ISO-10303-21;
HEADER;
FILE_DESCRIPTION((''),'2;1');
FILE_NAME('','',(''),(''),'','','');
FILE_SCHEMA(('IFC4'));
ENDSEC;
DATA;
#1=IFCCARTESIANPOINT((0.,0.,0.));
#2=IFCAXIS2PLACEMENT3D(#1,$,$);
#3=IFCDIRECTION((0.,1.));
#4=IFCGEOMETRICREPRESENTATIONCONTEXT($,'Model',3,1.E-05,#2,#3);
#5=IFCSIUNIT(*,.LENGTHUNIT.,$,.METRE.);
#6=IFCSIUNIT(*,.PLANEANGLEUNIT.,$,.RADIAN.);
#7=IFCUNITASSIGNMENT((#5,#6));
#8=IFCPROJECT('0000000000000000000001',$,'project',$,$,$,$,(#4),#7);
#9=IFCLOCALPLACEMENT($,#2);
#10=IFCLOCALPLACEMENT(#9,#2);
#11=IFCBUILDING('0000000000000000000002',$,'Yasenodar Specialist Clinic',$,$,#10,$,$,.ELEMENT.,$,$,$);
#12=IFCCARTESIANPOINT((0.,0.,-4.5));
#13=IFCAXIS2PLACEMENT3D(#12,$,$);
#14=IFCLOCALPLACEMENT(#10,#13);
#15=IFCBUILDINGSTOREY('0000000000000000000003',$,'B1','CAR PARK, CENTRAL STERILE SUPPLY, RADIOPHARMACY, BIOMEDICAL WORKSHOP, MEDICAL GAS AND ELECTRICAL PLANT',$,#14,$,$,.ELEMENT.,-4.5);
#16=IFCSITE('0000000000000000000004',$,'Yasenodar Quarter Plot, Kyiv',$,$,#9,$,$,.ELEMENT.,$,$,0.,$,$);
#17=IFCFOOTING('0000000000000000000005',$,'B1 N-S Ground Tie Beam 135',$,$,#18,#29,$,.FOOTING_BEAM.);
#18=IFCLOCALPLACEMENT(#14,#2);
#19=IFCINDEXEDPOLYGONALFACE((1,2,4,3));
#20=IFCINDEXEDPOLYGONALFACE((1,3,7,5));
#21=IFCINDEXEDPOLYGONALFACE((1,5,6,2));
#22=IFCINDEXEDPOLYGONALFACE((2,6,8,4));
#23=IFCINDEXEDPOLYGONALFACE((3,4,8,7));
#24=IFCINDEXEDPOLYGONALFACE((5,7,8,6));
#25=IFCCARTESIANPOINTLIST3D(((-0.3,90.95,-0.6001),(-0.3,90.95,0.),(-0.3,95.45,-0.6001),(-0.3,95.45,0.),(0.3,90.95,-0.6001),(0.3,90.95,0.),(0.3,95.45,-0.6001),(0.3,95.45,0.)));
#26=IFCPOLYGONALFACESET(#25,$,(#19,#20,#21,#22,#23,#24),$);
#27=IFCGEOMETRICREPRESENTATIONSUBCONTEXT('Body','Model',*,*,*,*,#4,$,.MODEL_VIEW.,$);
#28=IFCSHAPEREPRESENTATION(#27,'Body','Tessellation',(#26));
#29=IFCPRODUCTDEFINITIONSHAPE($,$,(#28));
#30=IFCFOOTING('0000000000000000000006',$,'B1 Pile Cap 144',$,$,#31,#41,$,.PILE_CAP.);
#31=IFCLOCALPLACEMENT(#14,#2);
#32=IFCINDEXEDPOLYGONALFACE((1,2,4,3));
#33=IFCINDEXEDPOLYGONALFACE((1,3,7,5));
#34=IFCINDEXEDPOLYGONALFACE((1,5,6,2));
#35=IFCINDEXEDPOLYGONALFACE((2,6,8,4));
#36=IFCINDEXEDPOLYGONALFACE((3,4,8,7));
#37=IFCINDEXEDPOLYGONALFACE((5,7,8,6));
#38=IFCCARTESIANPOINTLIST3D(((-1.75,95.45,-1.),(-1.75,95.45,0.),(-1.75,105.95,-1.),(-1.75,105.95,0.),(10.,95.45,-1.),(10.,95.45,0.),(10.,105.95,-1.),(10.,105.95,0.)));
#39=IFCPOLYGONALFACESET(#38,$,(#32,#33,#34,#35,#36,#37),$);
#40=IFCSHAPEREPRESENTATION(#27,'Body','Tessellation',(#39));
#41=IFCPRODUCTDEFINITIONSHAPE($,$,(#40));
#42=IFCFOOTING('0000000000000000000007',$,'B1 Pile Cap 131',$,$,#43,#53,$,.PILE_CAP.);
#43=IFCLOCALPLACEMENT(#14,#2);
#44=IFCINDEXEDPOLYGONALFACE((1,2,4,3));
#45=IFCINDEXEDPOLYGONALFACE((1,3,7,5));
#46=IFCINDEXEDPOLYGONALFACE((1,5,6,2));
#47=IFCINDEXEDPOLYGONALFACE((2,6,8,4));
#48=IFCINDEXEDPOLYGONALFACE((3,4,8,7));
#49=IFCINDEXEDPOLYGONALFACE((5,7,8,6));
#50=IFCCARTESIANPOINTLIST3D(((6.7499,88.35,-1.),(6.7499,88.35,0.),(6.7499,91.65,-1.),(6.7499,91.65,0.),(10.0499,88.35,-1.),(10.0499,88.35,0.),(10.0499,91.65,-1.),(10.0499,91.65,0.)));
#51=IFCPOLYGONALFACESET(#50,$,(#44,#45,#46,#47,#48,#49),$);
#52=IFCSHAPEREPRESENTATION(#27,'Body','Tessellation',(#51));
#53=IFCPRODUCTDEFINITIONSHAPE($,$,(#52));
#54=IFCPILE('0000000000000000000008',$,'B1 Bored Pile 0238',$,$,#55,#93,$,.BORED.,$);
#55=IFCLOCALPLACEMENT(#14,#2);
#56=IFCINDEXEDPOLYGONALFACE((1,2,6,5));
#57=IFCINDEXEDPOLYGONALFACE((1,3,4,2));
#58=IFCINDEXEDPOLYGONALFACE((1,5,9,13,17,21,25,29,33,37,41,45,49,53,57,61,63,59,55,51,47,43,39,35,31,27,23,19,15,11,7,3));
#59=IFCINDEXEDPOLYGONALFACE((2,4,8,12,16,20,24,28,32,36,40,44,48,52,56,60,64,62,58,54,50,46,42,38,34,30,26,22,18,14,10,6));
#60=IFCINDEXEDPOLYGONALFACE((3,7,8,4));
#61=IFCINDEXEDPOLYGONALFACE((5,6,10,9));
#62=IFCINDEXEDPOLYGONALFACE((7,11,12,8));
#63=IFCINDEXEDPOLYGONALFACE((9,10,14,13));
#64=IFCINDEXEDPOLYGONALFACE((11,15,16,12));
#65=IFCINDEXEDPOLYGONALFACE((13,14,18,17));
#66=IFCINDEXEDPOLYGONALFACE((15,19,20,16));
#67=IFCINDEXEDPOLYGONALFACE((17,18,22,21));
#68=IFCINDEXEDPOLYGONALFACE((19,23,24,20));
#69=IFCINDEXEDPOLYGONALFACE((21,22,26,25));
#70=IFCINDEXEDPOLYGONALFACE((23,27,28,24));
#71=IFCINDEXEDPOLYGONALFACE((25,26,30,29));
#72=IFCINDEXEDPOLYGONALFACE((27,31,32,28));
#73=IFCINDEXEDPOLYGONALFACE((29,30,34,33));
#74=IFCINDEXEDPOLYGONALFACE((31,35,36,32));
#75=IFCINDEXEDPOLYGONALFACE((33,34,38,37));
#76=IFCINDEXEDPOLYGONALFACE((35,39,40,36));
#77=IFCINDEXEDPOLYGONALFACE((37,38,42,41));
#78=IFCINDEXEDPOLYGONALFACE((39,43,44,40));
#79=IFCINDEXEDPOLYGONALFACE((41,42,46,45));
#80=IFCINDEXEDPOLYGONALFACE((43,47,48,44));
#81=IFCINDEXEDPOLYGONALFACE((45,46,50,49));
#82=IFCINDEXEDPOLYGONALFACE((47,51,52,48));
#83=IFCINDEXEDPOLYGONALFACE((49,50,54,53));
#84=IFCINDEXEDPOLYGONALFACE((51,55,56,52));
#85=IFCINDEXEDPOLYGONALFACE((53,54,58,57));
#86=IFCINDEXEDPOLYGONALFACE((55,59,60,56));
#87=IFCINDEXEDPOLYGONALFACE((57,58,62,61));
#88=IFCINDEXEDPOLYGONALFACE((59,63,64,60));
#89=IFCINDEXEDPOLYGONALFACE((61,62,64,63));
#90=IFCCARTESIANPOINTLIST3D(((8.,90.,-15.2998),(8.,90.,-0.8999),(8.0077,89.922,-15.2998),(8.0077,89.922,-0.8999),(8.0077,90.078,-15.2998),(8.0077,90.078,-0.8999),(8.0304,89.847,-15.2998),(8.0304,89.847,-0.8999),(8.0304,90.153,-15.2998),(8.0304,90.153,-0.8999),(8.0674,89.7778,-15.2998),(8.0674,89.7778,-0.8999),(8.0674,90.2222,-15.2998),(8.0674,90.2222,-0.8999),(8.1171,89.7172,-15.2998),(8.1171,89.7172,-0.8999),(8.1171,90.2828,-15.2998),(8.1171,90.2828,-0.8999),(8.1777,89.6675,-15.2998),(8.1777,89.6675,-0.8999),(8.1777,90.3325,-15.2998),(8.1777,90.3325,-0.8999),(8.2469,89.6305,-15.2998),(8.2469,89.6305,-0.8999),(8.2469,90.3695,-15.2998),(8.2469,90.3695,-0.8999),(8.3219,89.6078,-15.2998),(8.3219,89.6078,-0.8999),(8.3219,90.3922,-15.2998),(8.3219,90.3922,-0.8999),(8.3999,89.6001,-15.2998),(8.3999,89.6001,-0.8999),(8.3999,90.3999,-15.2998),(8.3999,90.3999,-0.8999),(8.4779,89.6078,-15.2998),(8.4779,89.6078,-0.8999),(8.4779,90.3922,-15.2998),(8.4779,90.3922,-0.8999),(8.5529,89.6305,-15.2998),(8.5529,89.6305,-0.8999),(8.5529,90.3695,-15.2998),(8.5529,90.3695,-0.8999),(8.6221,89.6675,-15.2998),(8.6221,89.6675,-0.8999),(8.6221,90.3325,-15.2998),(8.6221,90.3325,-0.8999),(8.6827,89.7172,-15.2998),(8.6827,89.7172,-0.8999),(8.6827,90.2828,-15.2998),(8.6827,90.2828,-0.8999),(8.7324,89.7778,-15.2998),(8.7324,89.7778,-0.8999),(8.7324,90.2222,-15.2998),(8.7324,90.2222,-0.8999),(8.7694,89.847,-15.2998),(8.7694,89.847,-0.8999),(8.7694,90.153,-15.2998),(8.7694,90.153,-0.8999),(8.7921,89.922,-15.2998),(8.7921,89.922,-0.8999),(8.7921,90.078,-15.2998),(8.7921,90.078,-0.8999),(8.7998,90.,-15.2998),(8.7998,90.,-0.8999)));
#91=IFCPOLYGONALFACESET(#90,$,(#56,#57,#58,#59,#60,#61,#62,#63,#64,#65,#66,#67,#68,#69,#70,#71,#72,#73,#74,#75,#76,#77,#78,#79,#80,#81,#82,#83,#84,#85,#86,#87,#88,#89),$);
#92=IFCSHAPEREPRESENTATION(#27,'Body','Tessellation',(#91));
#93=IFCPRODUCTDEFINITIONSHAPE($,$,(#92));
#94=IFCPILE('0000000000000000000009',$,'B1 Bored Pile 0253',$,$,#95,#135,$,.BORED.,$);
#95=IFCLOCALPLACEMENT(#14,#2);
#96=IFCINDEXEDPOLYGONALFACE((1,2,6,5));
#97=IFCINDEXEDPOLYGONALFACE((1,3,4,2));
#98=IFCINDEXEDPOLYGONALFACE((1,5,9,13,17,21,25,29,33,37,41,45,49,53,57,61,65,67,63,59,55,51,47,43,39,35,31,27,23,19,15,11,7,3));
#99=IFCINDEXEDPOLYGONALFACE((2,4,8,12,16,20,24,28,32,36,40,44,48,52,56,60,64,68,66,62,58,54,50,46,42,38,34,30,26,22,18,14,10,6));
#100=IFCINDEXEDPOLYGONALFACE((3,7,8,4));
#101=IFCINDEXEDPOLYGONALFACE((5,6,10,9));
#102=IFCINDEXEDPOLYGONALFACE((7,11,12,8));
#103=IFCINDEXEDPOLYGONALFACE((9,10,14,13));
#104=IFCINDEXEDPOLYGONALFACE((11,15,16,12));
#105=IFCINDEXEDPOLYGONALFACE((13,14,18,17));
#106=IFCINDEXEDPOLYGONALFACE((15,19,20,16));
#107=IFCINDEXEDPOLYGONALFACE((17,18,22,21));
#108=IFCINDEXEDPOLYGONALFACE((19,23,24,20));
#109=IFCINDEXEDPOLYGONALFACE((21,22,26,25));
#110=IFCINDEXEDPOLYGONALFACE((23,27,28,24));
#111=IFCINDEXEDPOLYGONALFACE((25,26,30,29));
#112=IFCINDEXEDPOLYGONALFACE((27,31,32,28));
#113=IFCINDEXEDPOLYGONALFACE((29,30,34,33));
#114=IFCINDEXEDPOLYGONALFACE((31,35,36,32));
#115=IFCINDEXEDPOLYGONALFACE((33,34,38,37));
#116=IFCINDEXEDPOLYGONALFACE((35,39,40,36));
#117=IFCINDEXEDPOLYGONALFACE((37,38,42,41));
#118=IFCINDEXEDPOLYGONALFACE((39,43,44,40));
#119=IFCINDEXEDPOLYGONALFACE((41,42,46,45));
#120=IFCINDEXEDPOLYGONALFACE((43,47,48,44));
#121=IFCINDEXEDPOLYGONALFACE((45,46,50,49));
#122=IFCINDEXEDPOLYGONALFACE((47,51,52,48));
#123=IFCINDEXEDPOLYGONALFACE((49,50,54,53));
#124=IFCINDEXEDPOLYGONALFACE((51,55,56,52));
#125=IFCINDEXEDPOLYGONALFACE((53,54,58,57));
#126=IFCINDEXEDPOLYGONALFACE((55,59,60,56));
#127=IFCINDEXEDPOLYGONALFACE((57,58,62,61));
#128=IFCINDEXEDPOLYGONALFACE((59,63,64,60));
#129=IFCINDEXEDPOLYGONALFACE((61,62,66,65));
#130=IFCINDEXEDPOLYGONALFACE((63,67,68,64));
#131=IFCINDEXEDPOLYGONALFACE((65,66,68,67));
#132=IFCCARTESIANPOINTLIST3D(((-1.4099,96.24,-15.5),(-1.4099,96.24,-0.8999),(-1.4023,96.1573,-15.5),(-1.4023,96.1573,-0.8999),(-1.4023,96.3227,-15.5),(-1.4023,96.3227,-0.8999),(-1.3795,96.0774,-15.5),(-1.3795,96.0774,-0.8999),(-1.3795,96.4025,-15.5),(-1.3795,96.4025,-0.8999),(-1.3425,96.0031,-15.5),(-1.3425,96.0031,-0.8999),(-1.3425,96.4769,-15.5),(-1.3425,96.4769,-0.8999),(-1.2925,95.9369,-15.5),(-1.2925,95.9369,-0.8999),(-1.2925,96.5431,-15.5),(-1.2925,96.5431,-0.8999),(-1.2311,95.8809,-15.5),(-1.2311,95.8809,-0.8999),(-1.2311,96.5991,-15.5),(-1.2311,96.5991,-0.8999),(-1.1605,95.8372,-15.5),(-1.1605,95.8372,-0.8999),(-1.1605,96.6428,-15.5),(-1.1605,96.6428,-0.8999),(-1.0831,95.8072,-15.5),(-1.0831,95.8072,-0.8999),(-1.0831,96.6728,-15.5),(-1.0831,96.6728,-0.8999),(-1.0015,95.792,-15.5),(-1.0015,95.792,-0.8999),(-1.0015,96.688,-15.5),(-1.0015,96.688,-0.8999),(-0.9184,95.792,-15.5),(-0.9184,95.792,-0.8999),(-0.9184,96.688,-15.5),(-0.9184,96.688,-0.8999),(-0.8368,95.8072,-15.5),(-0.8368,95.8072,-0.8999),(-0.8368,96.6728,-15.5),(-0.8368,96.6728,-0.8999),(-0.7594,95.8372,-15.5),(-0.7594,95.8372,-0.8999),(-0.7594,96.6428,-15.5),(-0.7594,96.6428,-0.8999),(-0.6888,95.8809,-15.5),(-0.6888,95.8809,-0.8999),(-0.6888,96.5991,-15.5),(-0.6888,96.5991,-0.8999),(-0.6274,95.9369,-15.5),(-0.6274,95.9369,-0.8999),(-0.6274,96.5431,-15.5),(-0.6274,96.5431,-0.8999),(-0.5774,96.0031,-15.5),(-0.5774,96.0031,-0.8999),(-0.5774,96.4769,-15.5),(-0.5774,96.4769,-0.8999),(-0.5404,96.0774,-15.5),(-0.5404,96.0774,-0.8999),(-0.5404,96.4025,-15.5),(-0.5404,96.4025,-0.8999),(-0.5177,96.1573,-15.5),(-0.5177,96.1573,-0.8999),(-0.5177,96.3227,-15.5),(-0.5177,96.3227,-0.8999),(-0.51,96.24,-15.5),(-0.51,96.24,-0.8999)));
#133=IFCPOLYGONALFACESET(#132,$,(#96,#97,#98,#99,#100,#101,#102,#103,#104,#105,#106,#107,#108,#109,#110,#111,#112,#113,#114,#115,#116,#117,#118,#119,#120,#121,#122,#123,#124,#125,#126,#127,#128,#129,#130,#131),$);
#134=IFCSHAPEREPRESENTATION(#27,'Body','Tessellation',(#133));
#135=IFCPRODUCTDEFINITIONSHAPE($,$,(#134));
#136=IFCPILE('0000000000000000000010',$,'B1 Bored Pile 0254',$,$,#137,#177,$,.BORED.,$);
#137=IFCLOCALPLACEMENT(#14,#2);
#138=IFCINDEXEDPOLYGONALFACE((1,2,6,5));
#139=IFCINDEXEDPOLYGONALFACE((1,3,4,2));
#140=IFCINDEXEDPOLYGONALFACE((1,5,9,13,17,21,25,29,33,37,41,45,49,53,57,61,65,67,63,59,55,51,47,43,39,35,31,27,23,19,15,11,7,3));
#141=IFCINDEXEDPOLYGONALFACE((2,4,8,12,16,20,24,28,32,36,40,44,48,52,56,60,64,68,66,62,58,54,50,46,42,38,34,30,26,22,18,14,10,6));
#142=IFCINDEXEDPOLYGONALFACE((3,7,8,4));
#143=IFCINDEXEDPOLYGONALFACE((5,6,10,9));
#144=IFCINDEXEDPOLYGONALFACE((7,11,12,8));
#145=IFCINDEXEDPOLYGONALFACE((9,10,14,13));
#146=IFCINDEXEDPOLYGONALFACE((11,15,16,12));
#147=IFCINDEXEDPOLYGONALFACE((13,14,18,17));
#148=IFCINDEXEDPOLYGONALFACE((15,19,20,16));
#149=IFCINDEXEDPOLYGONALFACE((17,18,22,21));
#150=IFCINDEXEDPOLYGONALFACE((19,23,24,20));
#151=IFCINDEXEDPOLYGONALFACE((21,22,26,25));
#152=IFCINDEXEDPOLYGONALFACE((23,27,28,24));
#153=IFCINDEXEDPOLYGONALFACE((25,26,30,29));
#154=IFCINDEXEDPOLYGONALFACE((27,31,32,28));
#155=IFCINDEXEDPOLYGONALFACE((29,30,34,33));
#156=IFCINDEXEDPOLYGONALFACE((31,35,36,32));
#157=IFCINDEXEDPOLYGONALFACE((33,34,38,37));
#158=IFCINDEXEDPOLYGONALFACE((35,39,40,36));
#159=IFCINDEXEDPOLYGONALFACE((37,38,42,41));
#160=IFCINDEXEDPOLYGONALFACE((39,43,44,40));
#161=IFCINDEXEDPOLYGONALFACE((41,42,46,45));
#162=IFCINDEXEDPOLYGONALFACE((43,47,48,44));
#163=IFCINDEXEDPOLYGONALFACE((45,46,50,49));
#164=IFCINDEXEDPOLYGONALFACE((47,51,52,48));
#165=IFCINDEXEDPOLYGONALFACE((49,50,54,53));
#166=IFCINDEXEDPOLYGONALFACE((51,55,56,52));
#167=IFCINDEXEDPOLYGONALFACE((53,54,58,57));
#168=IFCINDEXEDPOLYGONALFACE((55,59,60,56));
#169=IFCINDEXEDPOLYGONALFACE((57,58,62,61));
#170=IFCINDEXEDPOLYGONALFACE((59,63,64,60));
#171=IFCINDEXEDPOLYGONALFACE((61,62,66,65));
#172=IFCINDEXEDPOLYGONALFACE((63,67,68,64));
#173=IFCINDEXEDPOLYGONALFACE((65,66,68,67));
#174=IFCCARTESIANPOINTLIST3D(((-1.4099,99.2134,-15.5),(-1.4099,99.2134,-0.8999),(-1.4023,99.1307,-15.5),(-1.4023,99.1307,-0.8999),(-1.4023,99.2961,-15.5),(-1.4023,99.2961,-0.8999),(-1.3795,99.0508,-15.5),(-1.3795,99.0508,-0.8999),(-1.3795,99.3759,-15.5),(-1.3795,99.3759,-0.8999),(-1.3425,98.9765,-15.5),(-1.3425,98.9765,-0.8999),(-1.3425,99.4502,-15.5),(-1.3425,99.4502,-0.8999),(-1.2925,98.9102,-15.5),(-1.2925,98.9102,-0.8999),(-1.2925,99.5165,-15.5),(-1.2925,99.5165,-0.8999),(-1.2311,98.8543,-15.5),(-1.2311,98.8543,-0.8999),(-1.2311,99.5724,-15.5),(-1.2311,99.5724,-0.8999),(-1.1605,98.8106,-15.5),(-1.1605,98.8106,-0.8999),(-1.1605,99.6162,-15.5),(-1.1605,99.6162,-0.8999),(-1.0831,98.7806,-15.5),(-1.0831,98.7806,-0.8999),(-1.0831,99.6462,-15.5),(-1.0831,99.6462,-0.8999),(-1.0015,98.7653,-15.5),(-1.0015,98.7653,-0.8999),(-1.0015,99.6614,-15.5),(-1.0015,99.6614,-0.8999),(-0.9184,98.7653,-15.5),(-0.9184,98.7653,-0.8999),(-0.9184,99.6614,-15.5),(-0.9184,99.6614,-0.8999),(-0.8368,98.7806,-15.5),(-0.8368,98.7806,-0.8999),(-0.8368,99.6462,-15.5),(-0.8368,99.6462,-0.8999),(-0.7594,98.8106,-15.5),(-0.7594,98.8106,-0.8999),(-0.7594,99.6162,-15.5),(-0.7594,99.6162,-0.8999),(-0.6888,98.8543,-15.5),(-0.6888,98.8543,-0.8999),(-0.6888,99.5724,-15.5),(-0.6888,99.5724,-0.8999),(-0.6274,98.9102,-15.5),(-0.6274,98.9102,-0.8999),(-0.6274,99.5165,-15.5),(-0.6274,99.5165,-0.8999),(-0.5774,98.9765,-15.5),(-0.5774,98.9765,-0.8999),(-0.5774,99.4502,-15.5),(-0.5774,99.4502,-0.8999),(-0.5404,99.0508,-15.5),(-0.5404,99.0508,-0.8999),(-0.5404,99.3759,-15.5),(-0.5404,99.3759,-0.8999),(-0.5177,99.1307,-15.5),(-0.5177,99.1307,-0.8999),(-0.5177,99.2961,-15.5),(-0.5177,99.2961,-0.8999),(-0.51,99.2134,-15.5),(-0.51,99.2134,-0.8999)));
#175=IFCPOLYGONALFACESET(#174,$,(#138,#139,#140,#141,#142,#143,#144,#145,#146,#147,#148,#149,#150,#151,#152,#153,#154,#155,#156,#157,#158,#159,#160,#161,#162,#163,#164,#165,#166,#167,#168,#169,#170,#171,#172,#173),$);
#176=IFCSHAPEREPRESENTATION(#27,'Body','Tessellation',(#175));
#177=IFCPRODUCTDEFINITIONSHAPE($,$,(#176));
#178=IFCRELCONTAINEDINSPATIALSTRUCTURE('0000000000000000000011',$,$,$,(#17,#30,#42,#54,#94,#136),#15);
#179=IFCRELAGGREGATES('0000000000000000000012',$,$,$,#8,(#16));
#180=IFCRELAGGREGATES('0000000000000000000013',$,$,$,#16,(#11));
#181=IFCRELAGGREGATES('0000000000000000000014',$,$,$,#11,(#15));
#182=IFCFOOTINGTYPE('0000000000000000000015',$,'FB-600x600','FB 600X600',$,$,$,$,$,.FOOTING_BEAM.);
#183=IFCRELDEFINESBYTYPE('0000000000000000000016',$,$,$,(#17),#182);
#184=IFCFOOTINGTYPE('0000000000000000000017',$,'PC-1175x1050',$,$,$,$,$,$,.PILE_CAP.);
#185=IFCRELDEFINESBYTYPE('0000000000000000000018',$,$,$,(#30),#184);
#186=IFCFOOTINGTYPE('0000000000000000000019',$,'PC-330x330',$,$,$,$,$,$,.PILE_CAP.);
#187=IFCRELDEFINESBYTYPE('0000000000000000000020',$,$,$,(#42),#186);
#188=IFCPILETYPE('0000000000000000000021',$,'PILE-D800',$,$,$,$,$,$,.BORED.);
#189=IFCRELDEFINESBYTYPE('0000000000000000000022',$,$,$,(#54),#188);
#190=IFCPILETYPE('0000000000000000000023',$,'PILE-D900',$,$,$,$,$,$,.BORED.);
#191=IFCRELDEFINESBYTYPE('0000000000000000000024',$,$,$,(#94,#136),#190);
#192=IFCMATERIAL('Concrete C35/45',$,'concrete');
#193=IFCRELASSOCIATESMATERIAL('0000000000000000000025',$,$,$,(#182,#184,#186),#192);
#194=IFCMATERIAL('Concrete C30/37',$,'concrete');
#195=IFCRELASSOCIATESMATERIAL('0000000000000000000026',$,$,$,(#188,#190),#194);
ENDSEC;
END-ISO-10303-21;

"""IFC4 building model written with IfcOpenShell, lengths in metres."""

from ifc_helpers import new_model, si_unit, direction, frame, origin, origin_2d, place, context, subcontext, project, spatial, rectangle, circle, extrude, material, material_profile, profile_set, type_object, element, save


model = new_model("IFC4")

# Units and contexts
model_context = context("Model", 3, precision=1e-05, world=origin(), true_north=direction((0.0, 1.0)))
body_context = subcontext(model_context, "Body", "Model", "MODEL_VIEW")
ifc_project = project(units=[si_unit("LENGTHUNIT", "METRE"), si_unit("PLANEANGLEUNIT", "RADIAN")], contexts=[model_context])

# Site, building, storey
site_placement = place(None, origin())
site = spatial("IfcSite", under=ifc_project, at=site_placement, Name="Yasenodar Quarter Plot, Kyiv", CompositionType="ELEMENT", RefElevation=0.0)
building_placement = place(site_placement, origin())
building = spatial("IfcBuilding", under=site, at=building_placement, Name="Yasenodar Specialist Clinic", CompositionType="ELEMENT")
storey_placement = place(building_placement, frame((0.0, 0.0, -4.5)))
storey = spatial("IfcBuildingStorey", under=building, at=storey_placement, Name="B1", Description="CAR PARK, CENTRAL STERILE SUPPLY, RADIOPHARMACY, BIOMEDICAL WORKSHOP, MEDICAL GAS AND ELECTRICAL PLANT", CompositionType="ELEMENT", Elevation=-4.5)

# Footings
ifc_material_1 = material(Name="Concrete C35/45", Category="concrete")
ifc_material_profile_1 = material_profile(ifc_material_1, rectangle(XDim=0.6001, YDim=0.6001, at=origin_2d()), Name="RC 600x600")
ifc_profile_set_1 = profile_set([ifc_material_profile_1], Name="Concrete C35/45")
footing_type_1 = type_object("IfcFootingType", Name="FB-600x600", Description="FB 600X600", PredefinedType="FOOTING_BEAM", material=ifc_profile_set_1)
footing_1_placement = place(storey_placement, frame((0.0, 90.95, -0.3), z_axis=(0.0, 1.0, 0.0), x_axis=(-1.0, 0.0, 0.0)))
element("IfcFooting", 1, at=footing_1_placement, inside=storey, type_object=footing_type_1, Name="B1 N-S Ground Tie Beam 135", PredefinedType="FOOTING_BEAM", context=body_context, shape_type="SweptSolid", body=[
    extrude(rectangle(XDim=0.6001, YDim=0.6001, at=origin_2d()), origin(), (0.0, 0.0, 1.0), 4.5),
])
footing_type_2 = type_object("IfcFootingType", Name="PC-1175x1050", PredefinedType="PILE_CAP", material=ifc_material_1)
footing_2_placement = place(storey_placement, frame((4.125, 100.7, -1.0), z_axis=(0.0, 0.0, 1.0), x_axis=(1.0, 0.0, 0.0)))
element("IfcFooting", 2, at=footing_2_placement, inside=storey, type_object=footing_type_2, Name="B1 Pile Cap 144", PredefinedType="PILE_CAP", context=body_context, shape_type="SweptSolid", body=[
    extrude(rectangle(XDim=11.75, YDim=10.5, at=origin_2d()), origin(), (0.0, 0.0, 1.0), 1.0),
])
footing_type_3 = type_object("IfcFootingType", Name="PC-330x330", PredefinedType="PILE_CAP", material=ifc_material_1)
footing_3_placement = place(storey_placement, frame((8.3999, 90.0, -1.0), z_axis=(0.0, 0.0, 1.0), x_axis=(1.0, 0.0, 0.0)))
element("IfcFooting", 3, at=footing_3_placement, inside=storey, type_object=footing_type_3, Name="B1 Pile Cap 131", PredefinedType="PILE_CAP", context=body_context, shape_type="SweptSolid", body=[
    extrude(rectangle(XDim=3.3, YDim=3.3, at=origin_2d()), origin(), (0.0, 0.0, 1.0), 1.0),
])

# Piles
ifc_material_2 = material(Name="Concrete C30/37", Category="concrete")
ifc_material_profile_2 = material_profile(ifc_material_2, circle(Radius=0.3999, at=origin_2d()), Name="PILE D800")
ifc_profile_set_2 = profile_set([ifc_material_profile_2], Name="Concrete C30/37")
pile_type_1 = type_object("IfcPileType", Name="PILE-D800", PredefinedType="BORED", material=ifc_profile_set_2)
pile_placement = place(storey_placement, frame((8.3999, 90.0, -0.8999), z_axis=(0.0, 0.0, -1.0), x_axis=(1.0, 0.0, 0.0)))
element("IfcPile", 4, at=pile_placement, inside=storey, type_object=pile_type_1, Name="B1 Bored Pile 0238", PredefinedType="BORED", context=body_context, shape_type="SweptSolid", body=[
    extrude(circle(Radius=0.3999, at=origin_2d()), origin(), (0.0, 0.0, 1.0), 14.3999),
])
ifc_material_profile_3 = material_profile(ifc_material_2, circle(Radius=0.45, at=origin_2d()), Name="PILE D900")
ifc_profile_set_3 = profile_set([ifc_material_profile_3], Name="Concrete C30/37")
pile_type_2 = type_object("IfcPileType", Name="PILE-D900", PredefinedType="BORED", material=ifc_profile_set_3)
for number, where, z_axis, x_axis, name in (
    (5, (-0.96, 96.24, -0.8999), (0.0, 0.0, -1.0), (1.0, 0.0, 0.0), "B1 Bored Pile 0253"),
    (6, (-0.96, 99.2134, -0.8999), (0.0, 0.0, -1.0), (1.0, 0.0, 0.0), "B1 Bored Pile 0254"),
):
    element("IfcPile", number, at=place(storey_placement, frame(where, z_axis=z_axis, x_axis=x_axis)), inside=storey, type_object=pile_type_2, Name=name, PredefinedType="BORED", context=body_context, shape_type="SweptSolid", body=[
        extrude(circle(Radius=0.45, at=origin_2d()), origin(), (0.0, 0.0, 1.0), 14.6001),
    ])

save(model, "model.ifc")
